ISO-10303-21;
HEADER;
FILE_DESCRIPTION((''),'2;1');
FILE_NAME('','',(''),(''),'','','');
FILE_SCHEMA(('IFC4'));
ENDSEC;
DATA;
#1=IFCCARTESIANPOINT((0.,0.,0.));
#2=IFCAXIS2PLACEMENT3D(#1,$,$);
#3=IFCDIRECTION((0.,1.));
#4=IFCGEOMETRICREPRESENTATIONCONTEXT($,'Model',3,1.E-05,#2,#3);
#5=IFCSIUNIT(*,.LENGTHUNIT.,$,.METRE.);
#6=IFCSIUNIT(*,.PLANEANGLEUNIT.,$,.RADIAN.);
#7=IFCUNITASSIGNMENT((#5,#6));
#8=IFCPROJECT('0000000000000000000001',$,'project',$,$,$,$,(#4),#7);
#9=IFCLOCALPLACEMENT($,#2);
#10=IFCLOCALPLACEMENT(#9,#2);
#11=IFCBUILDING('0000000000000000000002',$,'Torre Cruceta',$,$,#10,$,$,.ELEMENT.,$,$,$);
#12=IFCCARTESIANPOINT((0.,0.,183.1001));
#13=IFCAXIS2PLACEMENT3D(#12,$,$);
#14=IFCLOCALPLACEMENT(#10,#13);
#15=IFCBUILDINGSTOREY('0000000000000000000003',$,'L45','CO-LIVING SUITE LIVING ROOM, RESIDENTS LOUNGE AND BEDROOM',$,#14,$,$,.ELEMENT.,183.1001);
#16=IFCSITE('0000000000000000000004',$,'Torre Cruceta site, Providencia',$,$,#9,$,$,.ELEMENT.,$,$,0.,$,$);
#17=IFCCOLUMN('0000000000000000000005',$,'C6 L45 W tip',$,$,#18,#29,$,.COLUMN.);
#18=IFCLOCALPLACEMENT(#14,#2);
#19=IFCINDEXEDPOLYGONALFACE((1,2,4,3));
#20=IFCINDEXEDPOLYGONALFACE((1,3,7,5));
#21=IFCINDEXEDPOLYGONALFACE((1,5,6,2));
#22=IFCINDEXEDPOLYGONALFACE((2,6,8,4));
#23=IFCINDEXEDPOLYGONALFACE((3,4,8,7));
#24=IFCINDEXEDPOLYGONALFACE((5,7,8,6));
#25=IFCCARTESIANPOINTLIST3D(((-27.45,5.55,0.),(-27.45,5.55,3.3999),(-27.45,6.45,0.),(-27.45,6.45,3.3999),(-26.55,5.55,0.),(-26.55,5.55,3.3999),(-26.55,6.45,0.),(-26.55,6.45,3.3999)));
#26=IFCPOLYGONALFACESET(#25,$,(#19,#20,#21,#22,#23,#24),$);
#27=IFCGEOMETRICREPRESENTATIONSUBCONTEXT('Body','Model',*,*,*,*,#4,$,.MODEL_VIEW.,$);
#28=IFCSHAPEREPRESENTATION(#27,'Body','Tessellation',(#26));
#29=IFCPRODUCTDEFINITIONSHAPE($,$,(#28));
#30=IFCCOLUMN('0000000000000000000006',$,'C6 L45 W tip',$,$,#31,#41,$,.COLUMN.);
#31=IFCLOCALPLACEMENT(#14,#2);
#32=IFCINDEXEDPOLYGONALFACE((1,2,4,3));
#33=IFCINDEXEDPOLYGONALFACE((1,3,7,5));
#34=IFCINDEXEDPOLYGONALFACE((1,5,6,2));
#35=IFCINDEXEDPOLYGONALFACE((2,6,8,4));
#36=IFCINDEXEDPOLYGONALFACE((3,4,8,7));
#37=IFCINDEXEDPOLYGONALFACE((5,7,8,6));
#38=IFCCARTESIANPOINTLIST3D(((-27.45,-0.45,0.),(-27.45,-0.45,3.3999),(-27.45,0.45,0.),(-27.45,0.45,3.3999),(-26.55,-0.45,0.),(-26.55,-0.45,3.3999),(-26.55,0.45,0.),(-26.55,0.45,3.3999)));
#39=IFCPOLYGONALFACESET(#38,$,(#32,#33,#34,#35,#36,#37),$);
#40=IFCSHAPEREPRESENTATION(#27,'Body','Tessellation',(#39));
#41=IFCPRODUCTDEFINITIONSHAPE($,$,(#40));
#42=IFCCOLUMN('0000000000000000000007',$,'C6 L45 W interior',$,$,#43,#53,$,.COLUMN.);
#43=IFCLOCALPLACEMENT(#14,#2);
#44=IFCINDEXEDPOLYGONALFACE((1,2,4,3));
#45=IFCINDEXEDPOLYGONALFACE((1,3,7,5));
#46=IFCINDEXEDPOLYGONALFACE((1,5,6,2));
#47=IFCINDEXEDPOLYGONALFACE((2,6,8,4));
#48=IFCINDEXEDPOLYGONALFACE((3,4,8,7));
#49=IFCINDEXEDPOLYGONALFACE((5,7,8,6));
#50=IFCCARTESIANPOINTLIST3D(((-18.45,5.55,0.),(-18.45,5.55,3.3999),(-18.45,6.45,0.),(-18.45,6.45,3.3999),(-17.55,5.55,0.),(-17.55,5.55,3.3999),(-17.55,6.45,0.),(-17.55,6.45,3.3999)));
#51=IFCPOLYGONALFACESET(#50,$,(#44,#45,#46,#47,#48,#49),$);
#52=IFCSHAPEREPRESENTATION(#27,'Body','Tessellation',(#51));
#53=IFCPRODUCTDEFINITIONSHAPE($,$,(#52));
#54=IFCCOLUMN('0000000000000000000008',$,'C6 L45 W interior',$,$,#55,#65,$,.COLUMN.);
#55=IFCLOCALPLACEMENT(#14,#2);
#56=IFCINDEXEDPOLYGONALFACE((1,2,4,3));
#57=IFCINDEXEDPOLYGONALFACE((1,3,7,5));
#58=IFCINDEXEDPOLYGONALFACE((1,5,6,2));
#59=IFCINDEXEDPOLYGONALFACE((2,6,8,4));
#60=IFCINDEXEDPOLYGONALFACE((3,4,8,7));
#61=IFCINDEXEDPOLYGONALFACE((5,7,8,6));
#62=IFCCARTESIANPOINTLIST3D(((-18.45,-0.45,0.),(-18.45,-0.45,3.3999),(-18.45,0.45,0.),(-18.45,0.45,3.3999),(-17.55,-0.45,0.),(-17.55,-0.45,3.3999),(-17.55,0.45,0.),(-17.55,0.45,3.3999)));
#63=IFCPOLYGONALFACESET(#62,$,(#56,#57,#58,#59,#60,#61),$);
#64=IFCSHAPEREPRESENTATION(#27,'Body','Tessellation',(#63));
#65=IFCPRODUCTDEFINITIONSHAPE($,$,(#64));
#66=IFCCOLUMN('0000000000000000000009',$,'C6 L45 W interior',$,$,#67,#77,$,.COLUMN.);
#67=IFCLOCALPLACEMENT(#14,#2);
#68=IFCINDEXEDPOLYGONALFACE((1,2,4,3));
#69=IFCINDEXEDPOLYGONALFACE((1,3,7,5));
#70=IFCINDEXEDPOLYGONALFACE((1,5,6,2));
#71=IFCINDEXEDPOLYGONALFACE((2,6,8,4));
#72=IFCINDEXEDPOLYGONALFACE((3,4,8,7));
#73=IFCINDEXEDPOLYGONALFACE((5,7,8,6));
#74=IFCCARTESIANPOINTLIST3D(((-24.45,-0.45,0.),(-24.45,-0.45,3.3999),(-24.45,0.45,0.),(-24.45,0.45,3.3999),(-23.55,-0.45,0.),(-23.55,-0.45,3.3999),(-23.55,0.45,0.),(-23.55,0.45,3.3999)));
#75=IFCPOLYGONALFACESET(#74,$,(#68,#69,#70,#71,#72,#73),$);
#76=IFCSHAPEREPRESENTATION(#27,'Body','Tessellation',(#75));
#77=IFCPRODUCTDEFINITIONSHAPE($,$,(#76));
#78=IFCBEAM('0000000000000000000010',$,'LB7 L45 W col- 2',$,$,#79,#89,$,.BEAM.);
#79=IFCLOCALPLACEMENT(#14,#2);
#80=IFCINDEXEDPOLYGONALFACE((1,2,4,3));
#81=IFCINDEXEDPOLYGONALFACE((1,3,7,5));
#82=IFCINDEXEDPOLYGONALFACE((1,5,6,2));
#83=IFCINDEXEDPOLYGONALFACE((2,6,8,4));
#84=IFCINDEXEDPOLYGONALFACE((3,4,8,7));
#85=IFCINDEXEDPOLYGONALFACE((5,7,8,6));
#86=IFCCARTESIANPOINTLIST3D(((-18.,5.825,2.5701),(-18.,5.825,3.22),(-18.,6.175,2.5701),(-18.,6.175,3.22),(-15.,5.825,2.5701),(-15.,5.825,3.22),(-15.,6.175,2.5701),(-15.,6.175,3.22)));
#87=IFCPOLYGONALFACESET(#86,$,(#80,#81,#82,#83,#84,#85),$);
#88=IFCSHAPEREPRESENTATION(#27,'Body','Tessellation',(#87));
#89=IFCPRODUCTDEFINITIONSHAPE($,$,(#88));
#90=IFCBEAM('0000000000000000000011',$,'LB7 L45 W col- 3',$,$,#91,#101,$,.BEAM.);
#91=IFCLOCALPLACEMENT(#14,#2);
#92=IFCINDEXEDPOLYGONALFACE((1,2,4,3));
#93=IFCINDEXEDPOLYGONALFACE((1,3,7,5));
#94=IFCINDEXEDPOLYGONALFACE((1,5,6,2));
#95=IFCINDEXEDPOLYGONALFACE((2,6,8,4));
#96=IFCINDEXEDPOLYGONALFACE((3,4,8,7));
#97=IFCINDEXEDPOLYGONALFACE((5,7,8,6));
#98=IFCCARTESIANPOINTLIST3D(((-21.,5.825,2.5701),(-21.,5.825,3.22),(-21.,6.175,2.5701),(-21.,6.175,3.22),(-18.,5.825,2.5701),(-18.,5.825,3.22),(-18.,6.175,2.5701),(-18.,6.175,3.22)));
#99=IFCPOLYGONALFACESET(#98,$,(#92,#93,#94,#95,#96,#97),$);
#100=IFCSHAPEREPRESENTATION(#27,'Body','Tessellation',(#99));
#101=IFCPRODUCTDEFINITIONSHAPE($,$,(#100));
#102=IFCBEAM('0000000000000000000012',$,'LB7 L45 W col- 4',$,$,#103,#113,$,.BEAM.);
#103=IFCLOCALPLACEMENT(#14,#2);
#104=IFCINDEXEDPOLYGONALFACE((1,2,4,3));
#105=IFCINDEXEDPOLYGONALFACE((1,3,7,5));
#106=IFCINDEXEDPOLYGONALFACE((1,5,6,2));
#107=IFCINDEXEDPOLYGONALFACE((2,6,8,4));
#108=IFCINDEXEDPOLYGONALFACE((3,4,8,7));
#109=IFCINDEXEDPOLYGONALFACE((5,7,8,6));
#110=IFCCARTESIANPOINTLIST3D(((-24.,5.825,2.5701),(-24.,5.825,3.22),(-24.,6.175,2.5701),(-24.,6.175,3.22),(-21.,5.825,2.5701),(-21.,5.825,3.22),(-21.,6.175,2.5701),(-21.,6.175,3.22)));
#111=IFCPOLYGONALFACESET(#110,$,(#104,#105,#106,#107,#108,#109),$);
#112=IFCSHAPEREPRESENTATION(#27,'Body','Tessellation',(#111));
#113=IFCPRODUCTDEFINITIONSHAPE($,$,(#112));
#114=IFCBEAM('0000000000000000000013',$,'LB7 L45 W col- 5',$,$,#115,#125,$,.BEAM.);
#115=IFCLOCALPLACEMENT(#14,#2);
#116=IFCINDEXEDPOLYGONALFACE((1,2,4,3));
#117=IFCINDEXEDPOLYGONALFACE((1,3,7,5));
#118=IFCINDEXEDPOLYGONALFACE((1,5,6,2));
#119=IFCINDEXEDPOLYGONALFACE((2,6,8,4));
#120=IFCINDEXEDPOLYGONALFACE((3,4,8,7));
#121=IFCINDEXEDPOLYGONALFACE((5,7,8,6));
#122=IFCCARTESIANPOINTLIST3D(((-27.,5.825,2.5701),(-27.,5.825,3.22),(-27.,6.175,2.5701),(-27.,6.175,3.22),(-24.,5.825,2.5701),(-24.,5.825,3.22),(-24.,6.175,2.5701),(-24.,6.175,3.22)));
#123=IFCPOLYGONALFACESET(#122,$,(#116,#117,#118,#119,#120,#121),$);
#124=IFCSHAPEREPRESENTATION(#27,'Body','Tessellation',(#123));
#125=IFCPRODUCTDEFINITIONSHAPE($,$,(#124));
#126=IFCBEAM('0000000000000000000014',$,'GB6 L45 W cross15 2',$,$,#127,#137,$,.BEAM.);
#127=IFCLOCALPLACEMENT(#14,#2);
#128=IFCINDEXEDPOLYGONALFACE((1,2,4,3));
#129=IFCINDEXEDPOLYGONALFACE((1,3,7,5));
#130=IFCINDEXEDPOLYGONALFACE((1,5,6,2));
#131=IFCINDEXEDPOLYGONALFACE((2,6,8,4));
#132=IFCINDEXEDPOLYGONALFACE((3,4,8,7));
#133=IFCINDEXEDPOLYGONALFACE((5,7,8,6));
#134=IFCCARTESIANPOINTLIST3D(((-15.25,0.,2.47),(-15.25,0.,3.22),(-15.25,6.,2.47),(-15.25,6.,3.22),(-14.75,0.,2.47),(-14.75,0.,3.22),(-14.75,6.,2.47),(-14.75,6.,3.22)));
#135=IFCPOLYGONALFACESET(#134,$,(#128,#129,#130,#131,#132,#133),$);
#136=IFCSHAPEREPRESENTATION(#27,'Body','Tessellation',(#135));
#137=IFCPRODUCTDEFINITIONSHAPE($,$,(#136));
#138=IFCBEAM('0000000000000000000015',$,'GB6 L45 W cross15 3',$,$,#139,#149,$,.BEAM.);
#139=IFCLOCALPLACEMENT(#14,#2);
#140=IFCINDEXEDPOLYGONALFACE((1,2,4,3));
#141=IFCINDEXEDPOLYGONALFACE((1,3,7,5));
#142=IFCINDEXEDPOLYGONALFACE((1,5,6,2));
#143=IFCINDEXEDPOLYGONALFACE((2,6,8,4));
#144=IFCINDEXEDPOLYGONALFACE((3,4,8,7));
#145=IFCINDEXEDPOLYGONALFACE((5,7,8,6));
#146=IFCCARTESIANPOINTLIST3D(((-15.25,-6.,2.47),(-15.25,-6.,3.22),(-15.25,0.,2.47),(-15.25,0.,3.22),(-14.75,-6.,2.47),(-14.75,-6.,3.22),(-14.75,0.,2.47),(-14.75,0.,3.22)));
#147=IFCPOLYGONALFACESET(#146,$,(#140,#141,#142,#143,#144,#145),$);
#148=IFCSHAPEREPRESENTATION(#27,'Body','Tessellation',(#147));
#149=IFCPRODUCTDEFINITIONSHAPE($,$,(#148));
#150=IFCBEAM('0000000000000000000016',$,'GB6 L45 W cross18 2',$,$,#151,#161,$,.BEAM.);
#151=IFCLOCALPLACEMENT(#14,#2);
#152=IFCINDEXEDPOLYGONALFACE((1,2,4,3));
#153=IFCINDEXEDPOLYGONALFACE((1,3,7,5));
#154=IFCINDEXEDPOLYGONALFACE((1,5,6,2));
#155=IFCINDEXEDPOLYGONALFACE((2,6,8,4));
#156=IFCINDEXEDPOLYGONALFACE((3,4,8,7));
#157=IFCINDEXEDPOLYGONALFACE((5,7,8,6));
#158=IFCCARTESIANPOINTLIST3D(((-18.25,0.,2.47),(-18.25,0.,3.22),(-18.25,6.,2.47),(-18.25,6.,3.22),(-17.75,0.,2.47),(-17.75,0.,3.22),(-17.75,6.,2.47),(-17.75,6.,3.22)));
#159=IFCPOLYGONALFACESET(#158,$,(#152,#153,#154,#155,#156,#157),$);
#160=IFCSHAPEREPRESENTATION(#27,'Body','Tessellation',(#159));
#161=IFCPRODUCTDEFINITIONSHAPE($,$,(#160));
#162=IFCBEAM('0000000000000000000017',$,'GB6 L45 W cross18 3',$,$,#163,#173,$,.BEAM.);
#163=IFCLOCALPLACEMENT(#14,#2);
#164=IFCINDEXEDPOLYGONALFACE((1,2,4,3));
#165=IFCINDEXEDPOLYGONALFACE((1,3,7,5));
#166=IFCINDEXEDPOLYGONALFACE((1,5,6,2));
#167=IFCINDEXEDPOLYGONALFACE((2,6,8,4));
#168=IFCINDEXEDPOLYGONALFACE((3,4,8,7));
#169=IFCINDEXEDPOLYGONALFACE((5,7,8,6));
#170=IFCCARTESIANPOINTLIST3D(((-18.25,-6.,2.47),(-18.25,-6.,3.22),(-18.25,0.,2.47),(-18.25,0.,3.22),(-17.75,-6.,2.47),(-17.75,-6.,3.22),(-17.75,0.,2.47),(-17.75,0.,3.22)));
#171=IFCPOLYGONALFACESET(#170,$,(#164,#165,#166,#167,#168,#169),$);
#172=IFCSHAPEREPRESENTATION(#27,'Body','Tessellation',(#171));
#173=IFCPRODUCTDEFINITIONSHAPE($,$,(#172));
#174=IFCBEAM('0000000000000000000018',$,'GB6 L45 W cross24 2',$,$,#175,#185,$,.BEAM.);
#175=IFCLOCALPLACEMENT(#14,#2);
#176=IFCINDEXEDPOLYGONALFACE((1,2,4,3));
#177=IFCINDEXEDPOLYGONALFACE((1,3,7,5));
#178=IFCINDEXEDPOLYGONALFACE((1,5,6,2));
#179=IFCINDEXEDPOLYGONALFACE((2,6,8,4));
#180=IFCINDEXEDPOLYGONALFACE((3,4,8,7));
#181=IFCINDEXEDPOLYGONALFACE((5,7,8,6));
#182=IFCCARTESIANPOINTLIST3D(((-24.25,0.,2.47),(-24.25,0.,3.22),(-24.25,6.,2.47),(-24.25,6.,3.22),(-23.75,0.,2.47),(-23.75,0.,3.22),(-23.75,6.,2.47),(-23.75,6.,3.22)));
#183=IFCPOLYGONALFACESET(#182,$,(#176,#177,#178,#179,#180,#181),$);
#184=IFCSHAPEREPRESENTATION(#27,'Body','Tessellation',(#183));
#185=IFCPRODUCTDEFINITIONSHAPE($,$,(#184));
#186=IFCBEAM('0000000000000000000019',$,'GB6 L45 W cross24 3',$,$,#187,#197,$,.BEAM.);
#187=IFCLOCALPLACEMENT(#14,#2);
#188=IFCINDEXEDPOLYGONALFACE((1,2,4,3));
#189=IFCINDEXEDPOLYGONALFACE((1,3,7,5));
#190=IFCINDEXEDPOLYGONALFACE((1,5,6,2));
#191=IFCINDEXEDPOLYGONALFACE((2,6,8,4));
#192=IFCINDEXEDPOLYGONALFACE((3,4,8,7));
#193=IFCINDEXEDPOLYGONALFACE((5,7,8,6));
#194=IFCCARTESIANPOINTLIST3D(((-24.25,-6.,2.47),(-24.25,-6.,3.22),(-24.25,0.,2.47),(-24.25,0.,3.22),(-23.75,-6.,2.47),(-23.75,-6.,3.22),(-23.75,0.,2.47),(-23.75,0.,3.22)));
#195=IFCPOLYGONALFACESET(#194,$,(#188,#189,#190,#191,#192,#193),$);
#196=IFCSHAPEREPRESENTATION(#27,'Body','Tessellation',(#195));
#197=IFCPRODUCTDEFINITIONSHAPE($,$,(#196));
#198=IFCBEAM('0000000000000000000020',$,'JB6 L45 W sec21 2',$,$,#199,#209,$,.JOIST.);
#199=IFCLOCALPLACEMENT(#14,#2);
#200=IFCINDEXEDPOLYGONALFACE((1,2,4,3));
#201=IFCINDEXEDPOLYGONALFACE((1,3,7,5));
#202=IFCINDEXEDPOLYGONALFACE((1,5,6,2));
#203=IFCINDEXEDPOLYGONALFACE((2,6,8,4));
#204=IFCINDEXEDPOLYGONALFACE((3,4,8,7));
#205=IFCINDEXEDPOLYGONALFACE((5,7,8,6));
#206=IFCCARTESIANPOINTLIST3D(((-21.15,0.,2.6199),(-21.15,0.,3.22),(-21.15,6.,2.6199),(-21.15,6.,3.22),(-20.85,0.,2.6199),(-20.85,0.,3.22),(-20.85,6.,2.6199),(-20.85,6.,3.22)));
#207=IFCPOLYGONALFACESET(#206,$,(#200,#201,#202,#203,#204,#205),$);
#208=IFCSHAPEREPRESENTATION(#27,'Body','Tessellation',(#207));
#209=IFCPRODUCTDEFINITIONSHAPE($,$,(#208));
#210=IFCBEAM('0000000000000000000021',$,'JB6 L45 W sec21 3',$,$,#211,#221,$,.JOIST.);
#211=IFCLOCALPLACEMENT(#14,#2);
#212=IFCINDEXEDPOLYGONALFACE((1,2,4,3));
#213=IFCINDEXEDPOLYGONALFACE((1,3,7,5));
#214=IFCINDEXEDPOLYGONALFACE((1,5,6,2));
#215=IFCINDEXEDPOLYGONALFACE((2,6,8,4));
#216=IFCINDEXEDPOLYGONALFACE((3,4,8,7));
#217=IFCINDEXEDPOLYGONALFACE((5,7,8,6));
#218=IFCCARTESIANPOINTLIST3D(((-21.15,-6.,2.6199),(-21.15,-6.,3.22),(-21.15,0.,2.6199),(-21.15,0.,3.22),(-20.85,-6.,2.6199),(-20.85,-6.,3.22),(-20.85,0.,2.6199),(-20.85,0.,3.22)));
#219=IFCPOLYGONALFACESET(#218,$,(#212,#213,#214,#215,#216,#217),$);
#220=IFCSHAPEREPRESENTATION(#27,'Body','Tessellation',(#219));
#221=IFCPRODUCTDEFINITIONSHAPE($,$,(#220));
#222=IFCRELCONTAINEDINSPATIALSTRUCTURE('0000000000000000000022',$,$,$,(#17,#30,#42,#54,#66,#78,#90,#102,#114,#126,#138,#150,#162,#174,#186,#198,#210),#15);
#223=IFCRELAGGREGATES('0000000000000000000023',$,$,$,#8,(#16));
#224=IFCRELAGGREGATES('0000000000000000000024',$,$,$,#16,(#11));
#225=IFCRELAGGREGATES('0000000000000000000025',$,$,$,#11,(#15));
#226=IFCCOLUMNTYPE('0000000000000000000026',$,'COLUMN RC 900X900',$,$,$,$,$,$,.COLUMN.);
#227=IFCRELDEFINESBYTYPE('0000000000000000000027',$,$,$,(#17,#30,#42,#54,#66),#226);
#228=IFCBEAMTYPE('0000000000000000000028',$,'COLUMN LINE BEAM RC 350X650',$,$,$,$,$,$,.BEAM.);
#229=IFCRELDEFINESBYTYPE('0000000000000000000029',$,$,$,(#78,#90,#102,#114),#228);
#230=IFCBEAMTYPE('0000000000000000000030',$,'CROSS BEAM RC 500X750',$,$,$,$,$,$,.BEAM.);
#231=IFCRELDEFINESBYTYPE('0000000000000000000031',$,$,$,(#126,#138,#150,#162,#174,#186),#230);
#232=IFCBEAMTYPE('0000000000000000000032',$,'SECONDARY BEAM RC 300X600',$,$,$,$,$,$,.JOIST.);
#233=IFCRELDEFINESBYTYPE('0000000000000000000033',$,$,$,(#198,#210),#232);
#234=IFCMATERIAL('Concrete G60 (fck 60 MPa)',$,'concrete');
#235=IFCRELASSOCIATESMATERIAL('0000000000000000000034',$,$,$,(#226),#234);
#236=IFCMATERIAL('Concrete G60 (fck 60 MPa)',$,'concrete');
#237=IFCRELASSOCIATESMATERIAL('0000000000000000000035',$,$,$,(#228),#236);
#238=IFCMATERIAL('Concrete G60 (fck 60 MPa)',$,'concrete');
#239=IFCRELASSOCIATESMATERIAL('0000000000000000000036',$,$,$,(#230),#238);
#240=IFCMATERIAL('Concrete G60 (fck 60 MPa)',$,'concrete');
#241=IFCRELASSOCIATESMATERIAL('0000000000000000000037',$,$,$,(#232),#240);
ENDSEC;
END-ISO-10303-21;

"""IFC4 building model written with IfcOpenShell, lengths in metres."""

from ifc_helpers import new_model, si_unit, direction, frame, origin, origin_2d, place, context, subcontext, project, spatial, rectangle, extrude, material, material_profile, profile_set, type_object, element, save


model = new_model("IFC4")

# Units and contexts
model_context = context("Model", 3, precision=1e-05, world=origin(), true_north=direction((0.0, 1.0)))
body_context = subcontext(model_context, "Body", "Model", "MODEL_VIEW")
ifc_project = project(units=[si_unit("LENGTHUNIT", "METRE"), si_unit("PLANEANGLEUNIT", "RADIAN")], contexts=[model_context])

# Site, building, storey
site_placement = place(None, origin())
site = spatial("IfcSite", under=ifc_project, at=site_placement, Name="Torre Cruceta site, Providencia", CompositionType="ELEMENT", RefElevation=0.0)
building_placement = place(site_placement, origin())
building = spatial("IfcBuilding", under=site, at=building_placement, Name="Torre Cruceta", CompositionType="ELEMENT")
storey_placement = place(building_placement, frame((0.0, 0.0, 183.1001)))
storey = spatial("IfcBuildingStorey", under=building, at=storey_placement, Name="L45", Description="CO-LIVING SUITE LIVING ROOM, RESIDENTS LOUNGE AND BEDROOM", CompositionType="ELEMENT", Elevation=183.1001)

# Columns
ifc_material_1 = material(Name="Concrete G60 (fck 60 MPa)", Category="concrete")
ifc_material_profile_1 = material_profile(ifc_material_1, rectangle(XDim=0.8999, YDim=0.8999, at=origin_2d()), Name="RC 900X900")
ifc_profile_set_1 = profile_set([ifc_material_profile_1], Name="Concrete G60 (fck 60 MPa)")
column_type = type_object("IfcColumnType", Name="COLUMN RC 900X900", PredefinedType="COLUMN", material=ifc_profile_set_1)
for number, where, z_axis, x_axis, name in (
    (1, (-27.0, 6.0, 0.0), (0.0, 0.0, 1.0), (1.0, 0.0, 0.0), "C6 L45 W tip"),
    (2, (-27.0, 0.0, 0.0), (0.0, 0.0, 1.0), (1.0, 0.0, 0.0), "C6 L45 W tip"),
    (3, (-18.0, 6.0, 0.0), (0.0, 0.0, 1.0), (1.0, 0.0, 0.0), "C6 L45 W interior"),
    (4, (-18.0, 0.0, 0.0), (0.0, 0.0, 1.0), (1.0, 0.0, 0.0), "C6 L45 W interior"),
    (5, (-24.0, 0.0, 0.0), (0.0, 0.0, 1.0), (1.0, 0.0, 0.0), "C6 L45 W interior"),
):
    element("IfcColumn", number, at=place(storey_placement, frame(where, z_axis=z_axis, x_axis=x_axis)), inside=storey, type_object=column_type, Name=name, PredefinedType="COLUMN", context=body_context, shape_type="SweptSolid", body=[
        extrude(rectangle(XDim=0.8999, YDim=0.8999, at=origin_2d()), origin(), (0.0, 0.0, 1.0), 3.3999),
    ])

# Beams
ifc_material_2 = material(Name="Concrete G60 (fck 60 MPa)", Category="concrete")
ifc_material_profile_2 = material_profile(ifc_material_2, rectangle(XDim=0.3501, YDim=0.6499, at=origin_2d()), Name="RC 350X650")
ifc_profile_set_2 = profile_set([ifc_material_profile_2], Name="Concrete G60 (fck 60 MPa)")
beam_type_1 = type_object("IfcBeamType", Name="COLUMN LINE BEAM RC 350X650", PredefinedType="BEAM", material=ifc_profile_set_2)
for number, where, z_axis, x_axis, name in (
    (6, (-15.0, 6.0, 2.895), (-1.0, 0.0, 0.0), (0.0, -1.0, 0.0), "LB7 L45 W col- 2"),
    (7, (-18.0, 6.0, 2.895), (-1.0, 0.0, 0.0), (0.0, -1.0, 0.0), "LB7 L45 W col- 3"),
    (8, (-21.0, 6.0, 2.895), (-1.0, 0.0, 0.0), (0.0, -1.0, 0.0), "LB7 L45 W col- 4"),
    (9, (-24.0, 6.0, 2.895), (-1.0, 0.0, 0.0), (0.0, -1.0, 0.0), "LB7 L45 W col- 5"),
):
    element("IfcBeam", number, at=place(storey_placement, frame(where, z_axis=z_axis, x_axis=x_axis)), inside=storey, type_object=beam_type_1, Name=name, PredefinedType="BEAM", context=body_context, shape_type="SweptSolid", body=[
        extrude(rectangle(XDim=0.3501, YDim=0.6499, at=origin_2d()), origin(), (0.0, 0.0, 1.0), 3.0),
    ])
ifc_material_3 = material(Name="Concrete G60 (fck 60 MPa)", Category="concrete")
ifc_material_profile_3 = material_profile(ifc_material_3, rectangle(XDim=0.5, YDim=0.75, at=origin_2d()), Name="RC 500X750")
ifc_profile_set_3 = profile_set([ifc_material_profile_3], Name="Concrete G60 (fck 60 MPa)")
beam_type_2 = type_object("IfcBeamType", Name="CROSS BEAM RC 500X750", PredefinedType="BEAM", material=ifc_profile_set_3)
for number, where, z_axis, x_axis, name in (
    (10, (-15.0, 6.0, 2.845), (0.0, -1.0, 0.0), (1.0, 0.0, 0.0), "GB6 L45 W cross15 2"),
    (11, (-15.0, 0.0, 2.845), (0.0, -1.0, 0.0), (1.0, 0.0, 0.0), "GB6 L45 W cross15 3"),
    (12, (-18.0, 6.0, 2.845), (0.0, -1.0, 0.0), (1.0, 0.0, 0.0), "GB6 L45 W cross18 2"),
    (13, (-18.0, 0.0, 2.845), (0.0, -1.0, 0.0), (1.0, 0.0, 0.0), "GB6 L45 W cross18 3"),
    (14, (-24.0, 6.0, 2.845), (0.0, -1.0, 0.0), (1.0, 0.0, 0.0), "GB6 L45 W cross24 2"),
    (15, (-24.0, 0.0, 2.845), (0.0, -1.0, 0.0), (1.0, 0.0, 0.0), "GB6 L45 W cross24 3"),
):
    element("IfcBeam", number, at=place(storey_placement, frame(where, z_axis=z_axis, x_axis=x_axis)), inside=storey, type_object=beam_type_2, Name=name, PredefinedType="BEAM", context=body_context, shape_type="SweptSolid", body=[
        extrude(rectangle(XDim=0.5, YDim=0.75, at=origin_2d()), origin(), (0.0, 0.0, 1.0), 6.0),
    ])
ifc_material_4 = material(Name="Concrete G60 (fck 60 MPa)", Category="concrete")
ifc_material_profile_4 = material_profile(ifc_material_4, rectangle(XDim=0.3, YDim=0.6001, at=origin_2d()), Name="RC 300X600")
ifc_profile_set_4 = profile_set([ifc_material_profile_4], Name="Concrete G60 (fck 60 MPa)")
beam_type_3 = type_object("IfcBeamType", Name="SECONDARY BEAM RC 300X600", PredefinedType="JOIST", material=ifc_profile_set_4)
for number, where, z_axis, x_axis, name in (
    (16, (-21.0, 6.0, 2.9199), (0.0, -1.0, 0.0), (1.0, 0.0, 0.0), "JB6 L45 W sec21 2"),
    (17, (-21.0, 0.0, 2.9199), (0.0, -1.0, 0.0), (1.0, 0.0, 0.0), "JB6 L45 W sec21 3"),
):
    element("IfcBeam", number, at=place(storey_placement, frame(where, z_axis=z_axis, x_axis=x_axis)), inside=storey, type_object=beam_type_3, Name=name, PredefinedType="JOIST", context=body_context, shape_type="SweptSolid", body=[
        extrude(rectangle(XDim=0.3, YDim=0.6001, at=origin_2d()), origin(), (0.0, 0.0, 1.0), 6.0),
    ])

save(model, "model.ifc")
